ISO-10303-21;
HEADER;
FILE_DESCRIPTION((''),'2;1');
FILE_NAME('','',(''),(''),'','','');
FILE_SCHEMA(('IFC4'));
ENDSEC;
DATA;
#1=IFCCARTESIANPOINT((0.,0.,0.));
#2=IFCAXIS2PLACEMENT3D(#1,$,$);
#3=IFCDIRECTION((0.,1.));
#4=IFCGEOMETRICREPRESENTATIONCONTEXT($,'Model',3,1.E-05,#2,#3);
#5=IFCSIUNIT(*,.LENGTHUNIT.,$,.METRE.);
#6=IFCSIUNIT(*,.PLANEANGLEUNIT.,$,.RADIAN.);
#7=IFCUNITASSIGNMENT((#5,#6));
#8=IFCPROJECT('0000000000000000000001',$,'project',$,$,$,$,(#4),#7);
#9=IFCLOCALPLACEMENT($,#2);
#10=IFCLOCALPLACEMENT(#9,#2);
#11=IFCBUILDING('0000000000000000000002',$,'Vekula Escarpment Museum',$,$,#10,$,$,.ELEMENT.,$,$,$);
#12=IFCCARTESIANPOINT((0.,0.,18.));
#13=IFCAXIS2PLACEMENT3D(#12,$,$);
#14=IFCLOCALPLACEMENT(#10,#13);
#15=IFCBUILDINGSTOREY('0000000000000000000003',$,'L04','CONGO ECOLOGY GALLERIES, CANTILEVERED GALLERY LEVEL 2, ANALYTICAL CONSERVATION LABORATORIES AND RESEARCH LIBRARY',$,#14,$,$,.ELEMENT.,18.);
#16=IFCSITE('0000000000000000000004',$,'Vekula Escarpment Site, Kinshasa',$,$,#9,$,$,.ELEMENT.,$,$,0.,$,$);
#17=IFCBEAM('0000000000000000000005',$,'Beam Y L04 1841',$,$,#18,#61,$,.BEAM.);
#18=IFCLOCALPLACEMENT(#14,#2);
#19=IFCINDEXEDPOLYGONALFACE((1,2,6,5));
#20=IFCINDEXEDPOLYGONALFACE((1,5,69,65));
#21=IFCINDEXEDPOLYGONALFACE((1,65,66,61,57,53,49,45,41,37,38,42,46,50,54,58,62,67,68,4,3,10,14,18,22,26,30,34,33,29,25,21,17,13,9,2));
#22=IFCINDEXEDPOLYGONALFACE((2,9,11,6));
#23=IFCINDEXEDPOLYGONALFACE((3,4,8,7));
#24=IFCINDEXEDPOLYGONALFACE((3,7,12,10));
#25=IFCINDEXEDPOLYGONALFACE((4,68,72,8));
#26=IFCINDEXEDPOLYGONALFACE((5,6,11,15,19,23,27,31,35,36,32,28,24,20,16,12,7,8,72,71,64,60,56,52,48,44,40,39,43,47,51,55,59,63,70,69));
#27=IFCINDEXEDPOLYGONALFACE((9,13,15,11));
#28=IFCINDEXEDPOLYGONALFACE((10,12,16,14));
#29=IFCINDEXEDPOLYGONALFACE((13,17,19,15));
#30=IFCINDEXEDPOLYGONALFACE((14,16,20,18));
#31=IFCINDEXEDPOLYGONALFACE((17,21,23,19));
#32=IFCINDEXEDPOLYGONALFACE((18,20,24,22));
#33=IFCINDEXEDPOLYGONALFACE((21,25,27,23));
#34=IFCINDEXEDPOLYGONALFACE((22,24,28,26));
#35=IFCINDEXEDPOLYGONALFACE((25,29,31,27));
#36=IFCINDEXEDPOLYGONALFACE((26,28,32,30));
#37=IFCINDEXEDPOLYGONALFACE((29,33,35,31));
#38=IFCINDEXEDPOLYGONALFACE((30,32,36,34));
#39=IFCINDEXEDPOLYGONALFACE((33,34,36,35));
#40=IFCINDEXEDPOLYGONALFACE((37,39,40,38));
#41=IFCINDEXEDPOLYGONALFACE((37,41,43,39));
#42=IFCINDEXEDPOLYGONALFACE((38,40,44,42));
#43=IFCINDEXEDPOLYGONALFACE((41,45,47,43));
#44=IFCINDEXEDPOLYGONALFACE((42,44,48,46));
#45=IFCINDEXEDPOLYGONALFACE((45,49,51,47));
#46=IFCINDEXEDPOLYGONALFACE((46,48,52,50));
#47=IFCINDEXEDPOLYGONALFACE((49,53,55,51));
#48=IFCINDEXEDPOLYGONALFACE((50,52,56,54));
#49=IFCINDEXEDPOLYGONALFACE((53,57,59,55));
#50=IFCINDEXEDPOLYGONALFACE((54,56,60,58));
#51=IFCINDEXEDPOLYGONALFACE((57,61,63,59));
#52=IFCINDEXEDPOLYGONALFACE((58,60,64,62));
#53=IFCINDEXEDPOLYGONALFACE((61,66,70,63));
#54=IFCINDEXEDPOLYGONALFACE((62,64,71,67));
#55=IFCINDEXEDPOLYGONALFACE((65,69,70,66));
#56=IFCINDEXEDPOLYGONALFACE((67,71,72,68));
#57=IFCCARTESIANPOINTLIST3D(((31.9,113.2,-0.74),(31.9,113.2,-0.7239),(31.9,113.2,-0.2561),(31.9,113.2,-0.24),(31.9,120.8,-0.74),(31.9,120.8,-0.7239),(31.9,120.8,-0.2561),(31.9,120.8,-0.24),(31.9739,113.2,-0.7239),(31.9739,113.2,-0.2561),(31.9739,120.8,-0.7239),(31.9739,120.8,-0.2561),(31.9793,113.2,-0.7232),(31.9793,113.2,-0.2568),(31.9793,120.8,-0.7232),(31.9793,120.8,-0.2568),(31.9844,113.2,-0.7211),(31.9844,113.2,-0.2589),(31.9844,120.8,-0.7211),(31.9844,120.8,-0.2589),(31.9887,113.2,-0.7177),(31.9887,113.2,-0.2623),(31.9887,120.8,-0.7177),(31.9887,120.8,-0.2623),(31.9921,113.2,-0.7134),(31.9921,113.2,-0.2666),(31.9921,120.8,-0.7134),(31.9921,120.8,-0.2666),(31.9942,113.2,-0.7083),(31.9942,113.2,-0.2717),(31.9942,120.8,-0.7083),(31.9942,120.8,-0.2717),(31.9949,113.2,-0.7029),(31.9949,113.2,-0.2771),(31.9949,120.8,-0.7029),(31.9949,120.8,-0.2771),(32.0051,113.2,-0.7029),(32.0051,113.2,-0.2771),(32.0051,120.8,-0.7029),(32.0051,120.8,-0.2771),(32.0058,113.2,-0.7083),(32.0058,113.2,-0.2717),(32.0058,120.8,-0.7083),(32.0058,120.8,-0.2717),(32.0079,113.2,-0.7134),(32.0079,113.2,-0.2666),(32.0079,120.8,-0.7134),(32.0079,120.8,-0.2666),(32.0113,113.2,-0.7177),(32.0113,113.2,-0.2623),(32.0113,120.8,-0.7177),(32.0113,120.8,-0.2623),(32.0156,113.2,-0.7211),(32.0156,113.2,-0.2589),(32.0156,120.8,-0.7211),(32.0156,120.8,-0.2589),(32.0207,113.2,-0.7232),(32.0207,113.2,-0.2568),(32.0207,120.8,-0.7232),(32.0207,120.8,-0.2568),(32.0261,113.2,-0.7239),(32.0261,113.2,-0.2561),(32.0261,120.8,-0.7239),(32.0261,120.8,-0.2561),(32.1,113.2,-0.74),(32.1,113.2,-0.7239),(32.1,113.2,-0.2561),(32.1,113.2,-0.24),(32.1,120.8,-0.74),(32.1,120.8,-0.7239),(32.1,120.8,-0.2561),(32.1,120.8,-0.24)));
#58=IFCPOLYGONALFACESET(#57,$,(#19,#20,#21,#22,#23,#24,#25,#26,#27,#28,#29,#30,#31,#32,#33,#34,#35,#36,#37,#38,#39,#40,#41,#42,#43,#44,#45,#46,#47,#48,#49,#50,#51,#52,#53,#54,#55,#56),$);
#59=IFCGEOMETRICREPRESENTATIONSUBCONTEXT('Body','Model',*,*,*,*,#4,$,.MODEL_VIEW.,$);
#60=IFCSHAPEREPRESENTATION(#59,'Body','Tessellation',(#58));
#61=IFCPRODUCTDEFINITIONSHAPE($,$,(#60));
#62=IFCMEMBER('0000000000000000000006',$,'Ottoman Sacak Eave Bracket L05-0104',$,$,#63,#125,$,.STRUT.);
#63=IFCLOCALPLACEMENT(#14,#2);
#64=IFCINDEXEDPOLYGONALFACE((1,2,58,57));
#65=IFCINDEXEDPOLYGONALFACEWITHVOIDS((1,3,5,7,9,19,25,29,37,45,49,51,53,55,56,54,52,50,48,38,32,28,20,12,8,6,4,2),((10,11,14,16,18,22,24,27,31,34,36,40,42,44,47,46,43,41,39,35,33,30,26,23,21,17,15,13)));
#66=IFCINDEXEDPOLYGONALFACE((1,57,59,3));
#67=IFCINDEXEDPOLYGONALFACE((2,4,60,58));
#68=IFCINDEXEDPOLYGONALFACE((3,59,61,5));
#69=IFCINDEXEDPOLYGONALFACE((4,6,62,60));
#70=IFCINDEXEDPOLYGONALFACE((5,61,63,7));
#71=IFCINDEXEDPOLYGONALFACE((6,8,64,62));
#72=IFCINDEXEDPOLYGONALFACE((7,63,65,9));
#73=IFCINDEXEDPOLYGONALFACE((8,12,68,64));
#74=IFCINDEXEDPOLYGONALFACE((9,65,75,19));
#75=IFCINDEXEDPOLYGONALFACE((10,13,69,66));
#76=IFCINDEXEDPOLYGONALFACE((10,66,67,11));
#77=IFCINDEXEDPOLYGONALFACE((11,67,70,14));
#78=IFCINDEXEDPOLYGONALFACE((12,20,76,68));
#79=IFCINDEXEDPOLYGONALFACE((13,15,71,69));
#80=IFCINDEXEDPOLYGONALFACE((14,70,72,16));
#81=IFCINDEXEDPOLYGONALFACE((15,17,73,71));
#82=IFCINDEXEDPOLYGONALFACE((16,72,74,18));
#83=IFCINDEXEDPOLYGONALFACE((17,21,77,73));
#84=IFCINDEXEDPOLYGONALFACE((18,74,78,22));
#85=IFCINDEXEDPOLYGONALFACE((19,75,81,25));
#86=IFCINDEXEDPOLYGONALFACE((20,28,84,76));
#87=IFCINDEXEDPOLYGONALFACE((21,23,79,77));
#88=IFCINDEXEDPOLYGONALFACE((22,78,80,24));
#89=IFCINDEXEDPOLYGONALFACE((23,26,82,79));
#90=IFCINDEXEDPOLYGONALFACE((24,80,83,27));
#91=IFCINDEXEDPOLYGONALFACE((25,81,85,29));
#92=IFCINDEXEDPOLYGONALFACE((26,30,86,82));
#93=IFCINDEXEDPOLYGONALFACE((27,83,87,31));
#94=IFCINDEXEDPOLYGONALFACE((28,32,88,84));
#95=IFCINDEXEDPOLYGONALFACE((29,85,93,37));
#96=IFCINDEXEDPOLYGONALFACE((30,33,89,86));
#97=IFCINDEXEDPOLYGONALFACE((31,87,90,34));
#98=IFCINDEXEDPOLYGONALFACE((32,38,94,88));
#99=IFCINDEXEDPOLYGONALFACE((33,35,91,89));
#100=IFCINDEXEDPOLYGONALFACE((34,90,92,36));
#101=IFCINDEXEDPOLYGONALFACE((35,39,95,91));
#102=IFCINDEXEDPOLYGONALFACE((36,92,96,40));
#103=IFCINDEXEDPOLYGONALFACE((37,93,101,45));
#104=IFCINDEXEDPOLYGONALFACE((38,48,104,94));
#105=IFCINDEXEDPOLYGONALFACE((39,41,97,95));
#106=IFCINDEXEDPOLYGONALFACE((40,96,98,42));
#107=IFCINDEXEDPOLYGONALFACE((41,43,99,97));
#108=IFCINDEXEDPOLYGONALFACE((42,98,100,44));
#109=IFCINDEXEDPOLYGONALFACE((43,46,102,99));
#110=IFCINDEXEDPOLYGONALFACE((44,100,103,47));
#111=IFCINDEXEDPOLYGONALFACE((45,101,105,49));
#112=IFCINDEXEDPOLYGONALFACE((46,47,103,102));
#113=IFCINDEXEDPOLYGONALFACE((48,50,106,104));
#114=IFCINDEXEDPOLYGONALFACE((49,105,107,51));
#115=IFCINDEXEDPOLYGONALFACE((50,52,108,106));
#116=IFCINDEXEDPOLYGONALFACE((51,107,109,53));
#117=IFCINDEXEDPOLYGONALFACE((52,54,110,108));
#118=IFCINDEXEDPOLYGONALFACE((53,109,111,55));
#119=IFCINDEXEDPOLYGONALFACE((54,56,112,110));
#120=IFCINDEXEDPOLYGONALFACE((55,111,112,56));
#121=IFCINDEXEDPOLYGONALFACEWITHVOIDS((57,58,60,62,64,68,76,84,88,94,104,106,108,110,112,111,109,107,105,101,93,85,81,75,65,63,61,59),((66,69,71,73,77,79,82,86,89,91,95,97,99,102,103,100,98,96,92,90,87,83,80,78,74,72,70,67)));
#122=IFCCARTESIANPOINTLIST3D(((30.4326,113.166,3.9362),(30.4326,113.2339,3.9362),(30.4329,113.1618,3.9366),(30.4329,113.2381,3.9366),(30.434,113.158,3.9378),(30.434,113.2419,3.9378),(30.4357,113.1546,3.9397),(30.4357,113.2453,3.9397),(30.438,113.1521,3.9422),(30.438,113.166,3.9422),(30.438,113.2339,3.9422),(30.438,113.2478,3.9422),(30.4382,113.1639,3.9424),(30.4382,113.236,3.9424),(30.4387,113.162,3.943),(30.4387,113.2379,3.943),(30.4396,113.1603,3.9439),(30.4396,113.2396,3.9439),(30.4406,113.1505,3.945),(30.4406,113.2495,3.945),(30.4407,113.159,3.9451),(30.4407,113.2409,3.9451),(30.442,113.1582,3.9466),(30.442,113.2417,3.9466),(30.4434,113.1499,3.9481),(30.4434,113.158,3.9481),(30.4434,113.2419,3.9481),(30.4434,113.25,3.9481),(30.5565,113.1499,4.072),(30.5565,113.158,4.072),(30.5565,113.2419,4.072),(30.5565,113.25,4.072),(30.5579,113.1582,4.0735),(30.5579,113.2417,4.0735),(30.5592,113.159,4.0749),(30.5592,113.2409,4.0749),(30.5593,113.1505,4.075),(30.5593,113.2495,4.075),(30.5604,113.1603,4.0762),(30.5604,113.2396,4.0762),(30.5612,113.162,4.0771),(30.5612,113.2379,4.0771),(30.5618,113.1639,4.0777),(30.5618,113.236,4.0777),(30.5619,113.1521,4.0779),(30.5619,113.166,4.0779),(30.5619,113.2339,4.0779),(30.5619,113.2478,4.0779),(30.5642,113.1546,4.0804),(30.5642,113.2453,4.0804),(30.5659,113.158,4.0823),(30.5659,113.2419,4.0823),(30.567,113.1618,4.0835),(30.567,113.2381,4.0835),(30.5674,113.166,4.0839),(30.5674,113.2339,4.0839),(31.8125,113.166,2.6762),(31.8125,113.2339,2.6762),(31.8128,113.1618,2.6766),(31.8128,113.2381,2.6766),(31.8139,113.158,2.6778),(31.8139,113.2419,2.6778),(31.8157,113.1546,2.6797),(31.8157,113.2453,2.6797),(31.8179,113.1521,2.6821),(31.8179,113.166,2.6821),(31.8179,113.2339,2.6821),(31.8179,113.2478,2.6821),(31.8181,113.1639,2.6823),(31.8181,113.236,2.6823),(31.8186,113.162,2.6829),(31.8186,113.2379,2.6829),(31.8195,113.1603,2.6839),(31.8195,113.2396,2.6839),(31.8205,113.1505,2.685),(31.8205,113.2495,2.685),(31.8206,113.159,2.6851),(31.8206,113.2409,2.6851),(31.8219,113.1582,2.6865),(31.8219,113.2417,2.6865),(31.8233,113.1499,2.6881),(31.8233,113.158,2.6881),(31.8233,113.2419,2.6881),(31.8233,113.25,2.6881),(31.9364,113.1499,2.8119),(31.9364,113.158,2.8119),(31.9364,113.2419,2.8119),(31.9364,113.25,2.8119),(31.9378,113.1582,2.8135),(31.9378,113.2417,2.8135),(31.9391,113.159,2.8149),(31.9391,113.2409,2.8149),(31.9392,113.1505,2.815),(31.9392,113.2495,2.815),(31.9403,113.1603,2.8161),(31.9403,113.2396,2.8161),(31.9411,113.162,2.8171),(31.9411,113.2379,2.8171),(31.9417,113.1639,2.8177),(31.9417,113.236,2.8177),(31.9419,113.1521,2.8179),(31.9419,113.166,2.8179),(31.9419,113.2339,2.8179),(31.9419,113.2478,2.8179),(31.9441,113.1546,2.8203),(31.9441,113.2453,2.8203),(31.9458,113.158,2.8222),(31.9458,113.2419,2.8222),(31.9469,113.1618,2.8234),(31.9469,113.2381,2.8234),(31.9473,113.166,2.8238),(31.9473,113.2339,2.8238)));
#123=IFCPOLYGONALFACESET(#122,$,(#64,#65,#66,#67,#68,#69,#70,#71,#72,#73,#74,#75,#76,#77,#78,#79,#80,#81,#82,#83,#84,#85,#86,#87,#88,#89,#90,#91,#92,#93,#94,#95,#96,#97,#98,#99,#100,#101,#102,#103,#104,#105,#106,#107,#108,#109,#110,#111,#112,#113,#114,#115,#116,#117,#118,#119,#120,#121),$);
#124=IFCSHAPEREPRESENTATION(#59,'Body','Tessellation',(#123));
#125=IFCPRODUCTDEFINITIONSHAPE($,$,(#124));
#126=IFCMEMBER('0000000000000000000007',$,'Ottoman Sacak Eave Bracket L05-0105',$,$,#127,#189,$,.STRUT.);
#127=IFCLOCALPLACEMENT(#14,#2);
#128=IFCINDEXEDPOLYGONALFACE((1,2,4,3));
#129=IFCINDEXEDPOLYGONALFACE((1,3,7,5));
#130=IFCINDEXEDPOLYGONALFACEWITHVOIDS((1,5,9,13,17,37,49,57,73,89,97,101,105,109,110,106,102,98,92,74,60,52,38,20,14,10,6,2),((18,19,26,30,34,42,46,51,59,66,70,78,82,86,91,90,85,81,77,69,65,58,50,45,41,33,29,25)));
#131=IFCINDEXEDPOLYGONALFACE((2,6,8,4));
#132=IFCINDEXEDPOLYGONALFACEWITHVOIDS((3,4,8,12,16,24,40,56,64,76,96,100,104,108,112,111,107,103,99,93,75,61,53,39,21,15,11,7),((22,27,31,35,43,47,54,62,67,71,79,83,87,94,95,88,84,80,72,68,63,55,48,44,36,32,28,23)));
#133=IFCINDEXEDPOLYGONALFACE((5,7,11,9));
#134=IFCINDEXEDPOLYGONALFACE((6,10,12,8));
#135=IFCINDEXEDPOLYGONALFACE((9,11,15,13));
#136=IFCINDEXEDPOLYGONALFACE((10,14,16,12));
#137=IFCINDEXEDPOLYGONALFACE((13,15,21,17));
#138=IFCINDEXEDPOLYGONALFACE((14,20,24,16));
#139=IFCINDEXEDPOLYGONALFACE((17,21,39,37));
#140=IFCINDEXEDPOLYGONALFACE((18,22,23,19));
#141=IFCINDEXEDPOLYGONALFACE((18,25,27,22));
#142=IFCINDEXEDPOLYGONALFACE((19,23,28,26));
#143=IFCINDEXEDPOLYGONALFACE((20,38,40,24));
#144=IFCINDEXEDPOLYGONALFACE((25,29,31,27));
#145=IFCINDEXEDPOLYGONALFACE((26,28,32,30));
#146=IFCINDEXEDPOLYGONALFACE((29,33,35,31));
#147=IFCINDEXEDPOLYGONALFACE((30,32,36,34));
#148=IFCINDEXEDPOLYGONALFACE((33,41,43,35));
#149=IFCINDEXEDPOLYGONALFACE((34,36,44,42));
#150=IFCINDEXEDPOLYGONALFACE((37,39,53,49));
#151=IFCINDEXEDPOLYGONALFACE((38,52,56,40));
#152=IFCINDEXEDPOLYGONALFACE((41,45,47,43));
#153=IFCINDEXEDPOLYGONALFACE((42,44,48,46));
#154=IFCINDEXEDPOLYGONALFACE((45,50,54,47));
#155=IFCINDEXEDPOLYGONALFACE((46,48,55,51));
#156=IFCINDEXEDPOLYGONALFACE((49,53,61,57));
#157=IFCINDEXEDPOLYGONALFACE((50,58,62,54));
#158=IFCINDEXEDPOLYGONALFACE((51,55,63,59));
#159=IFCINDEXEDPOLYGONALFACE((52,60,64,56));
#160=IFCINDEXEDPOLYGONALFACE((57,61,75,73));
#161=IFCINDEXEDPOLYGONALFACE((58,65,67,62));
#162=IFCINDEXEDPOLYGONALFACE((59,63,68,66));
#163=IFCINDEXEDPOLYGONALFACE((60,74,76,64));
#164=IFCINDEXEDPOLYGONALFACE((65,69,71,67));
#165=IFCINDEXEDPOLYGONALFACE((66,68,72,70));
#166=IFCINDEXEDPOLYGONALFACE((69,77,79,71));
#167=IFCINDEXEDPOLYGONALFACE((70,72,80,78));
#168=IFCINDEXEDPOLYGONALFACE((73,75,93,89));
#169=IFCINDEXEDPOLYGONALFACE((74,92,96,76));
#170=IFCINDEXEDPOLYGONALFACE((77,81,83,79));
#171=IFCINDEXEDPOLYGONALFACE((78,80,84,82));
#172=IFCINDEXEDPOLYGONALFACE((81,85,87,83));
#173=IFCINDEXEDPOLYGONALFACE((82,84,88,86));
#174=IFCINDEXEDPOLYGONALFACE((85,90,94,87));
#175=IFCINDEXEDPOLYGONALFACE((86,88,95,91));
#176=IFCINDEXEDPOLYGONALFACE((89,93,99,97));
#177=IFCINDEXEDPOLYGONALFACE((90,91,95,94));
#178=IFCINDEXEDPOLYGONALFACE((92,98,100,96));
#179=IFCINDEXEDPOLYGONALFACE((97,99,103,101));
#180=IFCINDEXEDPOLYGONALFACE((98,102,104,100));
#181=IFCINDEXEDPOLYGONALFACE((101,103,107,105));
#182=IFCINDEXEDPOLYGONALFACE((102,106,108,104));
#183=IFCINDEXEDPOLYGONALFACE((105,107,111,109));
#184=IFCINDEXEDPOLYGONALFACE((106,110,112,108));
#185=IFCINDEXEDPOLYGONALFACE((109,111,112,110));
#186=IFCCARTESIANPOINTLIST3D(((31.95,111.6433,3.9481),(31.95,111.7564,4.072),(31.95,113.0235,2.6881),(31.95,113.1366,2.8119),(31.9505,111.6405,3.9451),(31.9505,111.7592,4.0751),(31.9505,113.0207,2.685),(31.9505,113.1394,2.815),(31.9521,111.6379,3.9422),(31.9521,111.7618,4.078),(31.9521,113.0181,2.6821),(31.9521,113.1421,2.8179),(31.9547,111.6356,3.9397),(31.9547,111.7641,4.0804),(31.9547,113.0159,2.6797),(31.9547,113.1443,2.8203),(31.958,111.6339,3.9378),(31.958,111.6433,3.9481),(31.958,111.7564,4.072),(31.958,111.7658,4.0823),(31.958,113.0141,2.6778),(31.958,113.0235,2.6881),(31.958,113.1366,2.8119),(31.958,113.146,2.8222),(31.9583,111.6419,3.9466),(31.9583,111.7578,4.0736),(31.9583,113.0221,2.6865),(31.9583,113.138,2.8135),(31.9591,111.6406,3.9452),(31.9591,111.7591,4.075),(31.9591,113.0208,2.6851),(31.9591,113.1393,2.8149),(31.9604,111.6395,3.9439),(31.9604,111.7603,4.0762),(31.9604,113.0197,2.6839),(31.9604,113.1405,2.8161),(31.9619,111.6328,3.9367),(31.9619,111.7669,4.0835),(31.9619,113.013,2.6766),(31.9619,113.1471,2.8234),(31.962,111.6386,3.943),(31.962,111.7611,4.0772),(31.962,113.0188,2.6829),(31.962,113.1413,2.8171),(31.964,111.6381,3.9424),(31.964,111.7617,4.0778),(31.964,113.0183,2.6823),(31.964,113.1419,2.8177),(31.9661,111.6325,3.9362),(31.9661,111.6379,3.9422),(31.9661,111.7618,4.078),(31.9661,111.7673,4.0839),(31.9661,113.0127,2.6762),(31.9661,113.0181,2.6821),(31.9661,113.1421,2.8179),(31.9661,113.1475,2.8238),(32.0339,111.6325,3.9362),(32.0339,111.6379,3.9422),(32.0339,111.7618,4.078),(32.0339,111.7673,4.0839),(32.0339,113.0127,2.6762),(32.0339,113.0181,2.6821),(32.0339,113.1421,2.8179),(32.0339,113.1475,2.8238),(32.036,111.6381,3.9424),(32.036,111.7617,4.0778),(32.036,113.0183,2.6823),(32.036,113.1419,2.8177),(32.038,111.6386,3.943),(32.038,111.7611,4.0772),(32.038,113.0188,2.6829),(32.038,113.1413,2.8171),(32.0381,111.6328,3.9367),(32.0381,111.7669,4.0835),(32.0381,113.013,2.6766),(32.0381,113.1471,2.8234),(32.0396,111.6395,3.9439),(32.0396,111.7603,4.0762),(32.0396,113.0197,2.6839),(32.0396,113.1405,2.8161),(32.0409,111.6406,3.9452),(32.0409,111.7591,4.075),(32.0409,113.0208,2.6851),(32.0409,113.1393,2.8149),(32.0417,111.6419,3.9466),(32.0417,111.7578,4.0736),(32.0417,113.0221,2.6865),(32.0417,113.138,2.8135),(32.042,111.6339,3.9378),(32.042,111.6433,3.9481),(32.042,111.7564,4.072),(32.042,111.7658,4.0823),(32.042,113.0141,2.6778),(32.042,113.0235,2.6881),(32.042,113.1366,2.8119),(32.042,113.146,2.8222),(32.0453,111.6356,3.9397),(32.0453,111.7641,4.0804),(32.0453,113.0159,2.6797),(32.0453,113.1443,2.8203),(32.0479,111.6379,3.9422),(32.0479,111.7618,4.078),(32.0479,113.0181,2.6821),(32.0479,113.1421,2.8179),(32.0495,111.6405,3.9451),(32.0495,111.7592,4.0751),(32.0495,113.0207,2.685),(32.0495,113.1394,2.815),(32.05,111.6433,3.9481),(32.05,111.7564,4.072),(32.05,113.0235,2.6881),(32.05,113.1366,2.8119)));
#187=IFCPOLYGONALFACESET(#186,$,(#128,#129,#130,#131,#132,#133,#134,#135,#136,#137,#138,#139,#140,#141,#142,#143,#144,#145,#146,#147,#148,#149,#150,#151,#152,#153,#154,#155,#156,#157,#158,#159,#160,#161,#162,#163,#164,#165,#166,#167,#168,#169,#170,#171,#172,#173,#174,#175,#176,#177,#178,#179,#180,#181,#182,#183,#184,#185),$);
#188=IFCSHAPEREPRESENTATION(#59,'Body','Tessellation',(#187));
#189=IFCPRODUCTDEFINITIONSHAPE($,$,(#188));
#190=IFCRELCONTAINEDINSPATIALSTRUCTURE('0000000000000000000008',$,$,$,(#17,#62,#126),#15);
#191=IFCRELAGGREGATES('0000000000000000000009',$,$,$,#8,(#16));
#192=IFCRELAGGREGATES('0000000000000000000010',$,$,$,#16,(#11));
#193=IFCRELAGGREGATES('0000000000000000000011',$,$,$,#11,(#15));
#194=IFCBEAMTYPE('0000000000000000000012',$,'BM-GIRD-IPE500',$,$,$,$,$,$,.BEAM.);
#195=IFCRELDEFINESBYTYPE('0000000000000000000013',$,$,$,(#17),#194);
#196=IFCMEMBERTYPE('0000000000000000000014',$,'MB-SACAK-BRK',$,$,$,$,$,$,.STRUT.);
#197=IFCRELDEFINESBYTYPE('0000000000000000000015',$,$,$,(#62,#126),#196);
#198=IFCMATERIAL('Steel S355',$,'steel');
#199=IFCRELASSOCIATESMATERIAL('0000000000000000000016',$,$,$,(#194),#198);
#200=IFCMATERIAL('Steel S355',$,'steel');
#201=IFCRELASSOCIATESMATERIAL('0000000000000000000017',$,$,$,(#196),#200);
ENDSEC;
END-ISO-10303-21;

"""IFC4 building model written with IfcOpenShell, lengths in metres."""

from ifc_helpers import new_model, si_unit, direction, frame, origin, origin_2d, place, context, subcontext, project, spatial, hollow_rectangle, i_section, extrude, material, material_profile, profile_set, type_object, element, save


model = new_model("IFC4")

# Units and contexts
model_context = context("Model", 3, precision=1e-05, world=origin(), true_north=direction((0.0, 1.0)))
body_context = subcontext(model_context, "Body", "Model", "MODEL_VIEW")
ifc_project = project(units=[si_unit("LENGTHUNIT", "METRE"), si_unit("PLANEANGLEUNIT", "RADIAN")], contexts=[model_context])

# Site, building, storey
site_placement = place(None, origin())
site = spatial("IfcSite", under=ifc_project, at=site_placement, Name="Vekula Escarpment Site, Kinshasa", CompositionType="ELEMENT", RefElevation=0.0)
building_placement = place(site_placement, origin())
building = spatial("IfcBuilding", under=site, at=building_placement, Name="Vekula Escarpment Museum", CompositionType="ELEMENT")
storey_placement = place(building_placement, frame((0.0, 0.0, 18.0)))
storey = spatial("IfcBuildingStorey", under=building, at=storey_placement, Name="L04", Description="CONGO ECOLOGY GALLERIES, CANTILEVERED GALLERY LEVEL 2, ANALYTICAL CONSERVATION LABORATORIES AND RESEARCH LIBRARY", CompositionType="ELEMENT", Elevation=18.0)

# Beam
ifc_material_1 = material(Name="Steel S355", Category="steel")
ifc_material_profile_1 = material_profile(ifc_material_1, i_section(OverallWidth=0.2, OverallDepth=0.5, WebThickness=0.0103, FlangeThickness=0.0161, FilletRadius=0.021, at=origin_2d()), Name="IPE 500")
ifc_profile_set_1 = profile_set([ifc_material_profile_1], Name="Steel S355")
beam_type_1 = type_object("IfcBeamType", Name="BM-GIRD-IPE500", PredefinedType="BEAM", material=ifc_profile_set_1)
for number, where, z_axis, x_axis, name in (
    (1, (32.0, 113.2, -0.49), (0.0, 1.0, 0.0), (-1.0, 0.0, 0.0), "Beam Y L04 1841"),
):
    element("IfcBeam", number, at=place(storey_placement, frame(where, z_axis=z_axis, x_axis=x_axis)), inside=storey, type_object=beam_type_1, Name=name, PredefinedType="BEAM", context=body_context, shape_type="SweptSolid", body=[
        extrude(i_section(OverallWidth=0.2, OverallDepth=0.5, WebThickness=0.0103, FlangeThickness=0.0161, FilletRadius=0.021, at=origin_2d()), origin(), (0.0, 0.0, 1.0), 7.6001),
    ])

# Members
ifc_material_2 = material(Name="Steel S355", Category="steel")
ifc_material_profile_2 = material_profile(ifc_material_2, hollow_rectangle(XDim=0.1001, YDim=0.2, WallThickness=0.0081, InnerFilletRadius=0.0081, OuterFilletRadius=0.0161, at=origin_2d()), Name="RHS 200x100x8")
ifc_profile_set_2 = profile_set([ifc_material_profile_2], Name="Steel S355")
member_type = type_object("IfcMemberType", Name="MB-SACAK-BRK", PredefinedType="STRUT", material=ifc_profile_set_2)
member_1_placement = place(storey_placement, frame((31.8799, 113.2, 2.75), z_axis=(-0.738454, 0.0, 0.674303), x_axis=(0.0, -1.0, 0.0)))
element("IfcMember", 2, at=member_1_placement, inside=storey, type_object=member_type, Name="Ottoman Sacak Eave Bracket L05-0104", PredefinedType="STRUT", context=body_context, shape_type="SweptSolid", body=[
    extrude(hollow_rectangle(XDim=0.1001, YDim=0.2, WallThickness=0.0081, InnerFilletRadius=0.0081, OuterFilletRadius=0.0161, at=origin_2d()), origin(), (0.0, 0.0, 1.0), 1.8687),
])
member_2_placement = place(storey_placement, frame((32.0, 113.0801, 2.75), z_axis=(0.0, -0.738514, 0.674238), x_axis=(1.0, 0.0, 0.0)))
element("IfcMember", 3, at=member_2_placement, inside=storey, type_object=member_type, Name="Ottoman Sacak Eave Bracket L05-0105", PredefinedType="STRUT", context=body_context, shape_type="SweptSolid", body=[
    extrude(hollow_rectangle(XDim=0.1001, YDim=0.2, WallThickness=0.0081, InnerFilletRadius=0.0081, OuterFilletRadius=0.0161, at=origin_2d()), origin(), (0.0, 0.0, 1.0), 1.8689),
])

save(model, "model.ifc")
